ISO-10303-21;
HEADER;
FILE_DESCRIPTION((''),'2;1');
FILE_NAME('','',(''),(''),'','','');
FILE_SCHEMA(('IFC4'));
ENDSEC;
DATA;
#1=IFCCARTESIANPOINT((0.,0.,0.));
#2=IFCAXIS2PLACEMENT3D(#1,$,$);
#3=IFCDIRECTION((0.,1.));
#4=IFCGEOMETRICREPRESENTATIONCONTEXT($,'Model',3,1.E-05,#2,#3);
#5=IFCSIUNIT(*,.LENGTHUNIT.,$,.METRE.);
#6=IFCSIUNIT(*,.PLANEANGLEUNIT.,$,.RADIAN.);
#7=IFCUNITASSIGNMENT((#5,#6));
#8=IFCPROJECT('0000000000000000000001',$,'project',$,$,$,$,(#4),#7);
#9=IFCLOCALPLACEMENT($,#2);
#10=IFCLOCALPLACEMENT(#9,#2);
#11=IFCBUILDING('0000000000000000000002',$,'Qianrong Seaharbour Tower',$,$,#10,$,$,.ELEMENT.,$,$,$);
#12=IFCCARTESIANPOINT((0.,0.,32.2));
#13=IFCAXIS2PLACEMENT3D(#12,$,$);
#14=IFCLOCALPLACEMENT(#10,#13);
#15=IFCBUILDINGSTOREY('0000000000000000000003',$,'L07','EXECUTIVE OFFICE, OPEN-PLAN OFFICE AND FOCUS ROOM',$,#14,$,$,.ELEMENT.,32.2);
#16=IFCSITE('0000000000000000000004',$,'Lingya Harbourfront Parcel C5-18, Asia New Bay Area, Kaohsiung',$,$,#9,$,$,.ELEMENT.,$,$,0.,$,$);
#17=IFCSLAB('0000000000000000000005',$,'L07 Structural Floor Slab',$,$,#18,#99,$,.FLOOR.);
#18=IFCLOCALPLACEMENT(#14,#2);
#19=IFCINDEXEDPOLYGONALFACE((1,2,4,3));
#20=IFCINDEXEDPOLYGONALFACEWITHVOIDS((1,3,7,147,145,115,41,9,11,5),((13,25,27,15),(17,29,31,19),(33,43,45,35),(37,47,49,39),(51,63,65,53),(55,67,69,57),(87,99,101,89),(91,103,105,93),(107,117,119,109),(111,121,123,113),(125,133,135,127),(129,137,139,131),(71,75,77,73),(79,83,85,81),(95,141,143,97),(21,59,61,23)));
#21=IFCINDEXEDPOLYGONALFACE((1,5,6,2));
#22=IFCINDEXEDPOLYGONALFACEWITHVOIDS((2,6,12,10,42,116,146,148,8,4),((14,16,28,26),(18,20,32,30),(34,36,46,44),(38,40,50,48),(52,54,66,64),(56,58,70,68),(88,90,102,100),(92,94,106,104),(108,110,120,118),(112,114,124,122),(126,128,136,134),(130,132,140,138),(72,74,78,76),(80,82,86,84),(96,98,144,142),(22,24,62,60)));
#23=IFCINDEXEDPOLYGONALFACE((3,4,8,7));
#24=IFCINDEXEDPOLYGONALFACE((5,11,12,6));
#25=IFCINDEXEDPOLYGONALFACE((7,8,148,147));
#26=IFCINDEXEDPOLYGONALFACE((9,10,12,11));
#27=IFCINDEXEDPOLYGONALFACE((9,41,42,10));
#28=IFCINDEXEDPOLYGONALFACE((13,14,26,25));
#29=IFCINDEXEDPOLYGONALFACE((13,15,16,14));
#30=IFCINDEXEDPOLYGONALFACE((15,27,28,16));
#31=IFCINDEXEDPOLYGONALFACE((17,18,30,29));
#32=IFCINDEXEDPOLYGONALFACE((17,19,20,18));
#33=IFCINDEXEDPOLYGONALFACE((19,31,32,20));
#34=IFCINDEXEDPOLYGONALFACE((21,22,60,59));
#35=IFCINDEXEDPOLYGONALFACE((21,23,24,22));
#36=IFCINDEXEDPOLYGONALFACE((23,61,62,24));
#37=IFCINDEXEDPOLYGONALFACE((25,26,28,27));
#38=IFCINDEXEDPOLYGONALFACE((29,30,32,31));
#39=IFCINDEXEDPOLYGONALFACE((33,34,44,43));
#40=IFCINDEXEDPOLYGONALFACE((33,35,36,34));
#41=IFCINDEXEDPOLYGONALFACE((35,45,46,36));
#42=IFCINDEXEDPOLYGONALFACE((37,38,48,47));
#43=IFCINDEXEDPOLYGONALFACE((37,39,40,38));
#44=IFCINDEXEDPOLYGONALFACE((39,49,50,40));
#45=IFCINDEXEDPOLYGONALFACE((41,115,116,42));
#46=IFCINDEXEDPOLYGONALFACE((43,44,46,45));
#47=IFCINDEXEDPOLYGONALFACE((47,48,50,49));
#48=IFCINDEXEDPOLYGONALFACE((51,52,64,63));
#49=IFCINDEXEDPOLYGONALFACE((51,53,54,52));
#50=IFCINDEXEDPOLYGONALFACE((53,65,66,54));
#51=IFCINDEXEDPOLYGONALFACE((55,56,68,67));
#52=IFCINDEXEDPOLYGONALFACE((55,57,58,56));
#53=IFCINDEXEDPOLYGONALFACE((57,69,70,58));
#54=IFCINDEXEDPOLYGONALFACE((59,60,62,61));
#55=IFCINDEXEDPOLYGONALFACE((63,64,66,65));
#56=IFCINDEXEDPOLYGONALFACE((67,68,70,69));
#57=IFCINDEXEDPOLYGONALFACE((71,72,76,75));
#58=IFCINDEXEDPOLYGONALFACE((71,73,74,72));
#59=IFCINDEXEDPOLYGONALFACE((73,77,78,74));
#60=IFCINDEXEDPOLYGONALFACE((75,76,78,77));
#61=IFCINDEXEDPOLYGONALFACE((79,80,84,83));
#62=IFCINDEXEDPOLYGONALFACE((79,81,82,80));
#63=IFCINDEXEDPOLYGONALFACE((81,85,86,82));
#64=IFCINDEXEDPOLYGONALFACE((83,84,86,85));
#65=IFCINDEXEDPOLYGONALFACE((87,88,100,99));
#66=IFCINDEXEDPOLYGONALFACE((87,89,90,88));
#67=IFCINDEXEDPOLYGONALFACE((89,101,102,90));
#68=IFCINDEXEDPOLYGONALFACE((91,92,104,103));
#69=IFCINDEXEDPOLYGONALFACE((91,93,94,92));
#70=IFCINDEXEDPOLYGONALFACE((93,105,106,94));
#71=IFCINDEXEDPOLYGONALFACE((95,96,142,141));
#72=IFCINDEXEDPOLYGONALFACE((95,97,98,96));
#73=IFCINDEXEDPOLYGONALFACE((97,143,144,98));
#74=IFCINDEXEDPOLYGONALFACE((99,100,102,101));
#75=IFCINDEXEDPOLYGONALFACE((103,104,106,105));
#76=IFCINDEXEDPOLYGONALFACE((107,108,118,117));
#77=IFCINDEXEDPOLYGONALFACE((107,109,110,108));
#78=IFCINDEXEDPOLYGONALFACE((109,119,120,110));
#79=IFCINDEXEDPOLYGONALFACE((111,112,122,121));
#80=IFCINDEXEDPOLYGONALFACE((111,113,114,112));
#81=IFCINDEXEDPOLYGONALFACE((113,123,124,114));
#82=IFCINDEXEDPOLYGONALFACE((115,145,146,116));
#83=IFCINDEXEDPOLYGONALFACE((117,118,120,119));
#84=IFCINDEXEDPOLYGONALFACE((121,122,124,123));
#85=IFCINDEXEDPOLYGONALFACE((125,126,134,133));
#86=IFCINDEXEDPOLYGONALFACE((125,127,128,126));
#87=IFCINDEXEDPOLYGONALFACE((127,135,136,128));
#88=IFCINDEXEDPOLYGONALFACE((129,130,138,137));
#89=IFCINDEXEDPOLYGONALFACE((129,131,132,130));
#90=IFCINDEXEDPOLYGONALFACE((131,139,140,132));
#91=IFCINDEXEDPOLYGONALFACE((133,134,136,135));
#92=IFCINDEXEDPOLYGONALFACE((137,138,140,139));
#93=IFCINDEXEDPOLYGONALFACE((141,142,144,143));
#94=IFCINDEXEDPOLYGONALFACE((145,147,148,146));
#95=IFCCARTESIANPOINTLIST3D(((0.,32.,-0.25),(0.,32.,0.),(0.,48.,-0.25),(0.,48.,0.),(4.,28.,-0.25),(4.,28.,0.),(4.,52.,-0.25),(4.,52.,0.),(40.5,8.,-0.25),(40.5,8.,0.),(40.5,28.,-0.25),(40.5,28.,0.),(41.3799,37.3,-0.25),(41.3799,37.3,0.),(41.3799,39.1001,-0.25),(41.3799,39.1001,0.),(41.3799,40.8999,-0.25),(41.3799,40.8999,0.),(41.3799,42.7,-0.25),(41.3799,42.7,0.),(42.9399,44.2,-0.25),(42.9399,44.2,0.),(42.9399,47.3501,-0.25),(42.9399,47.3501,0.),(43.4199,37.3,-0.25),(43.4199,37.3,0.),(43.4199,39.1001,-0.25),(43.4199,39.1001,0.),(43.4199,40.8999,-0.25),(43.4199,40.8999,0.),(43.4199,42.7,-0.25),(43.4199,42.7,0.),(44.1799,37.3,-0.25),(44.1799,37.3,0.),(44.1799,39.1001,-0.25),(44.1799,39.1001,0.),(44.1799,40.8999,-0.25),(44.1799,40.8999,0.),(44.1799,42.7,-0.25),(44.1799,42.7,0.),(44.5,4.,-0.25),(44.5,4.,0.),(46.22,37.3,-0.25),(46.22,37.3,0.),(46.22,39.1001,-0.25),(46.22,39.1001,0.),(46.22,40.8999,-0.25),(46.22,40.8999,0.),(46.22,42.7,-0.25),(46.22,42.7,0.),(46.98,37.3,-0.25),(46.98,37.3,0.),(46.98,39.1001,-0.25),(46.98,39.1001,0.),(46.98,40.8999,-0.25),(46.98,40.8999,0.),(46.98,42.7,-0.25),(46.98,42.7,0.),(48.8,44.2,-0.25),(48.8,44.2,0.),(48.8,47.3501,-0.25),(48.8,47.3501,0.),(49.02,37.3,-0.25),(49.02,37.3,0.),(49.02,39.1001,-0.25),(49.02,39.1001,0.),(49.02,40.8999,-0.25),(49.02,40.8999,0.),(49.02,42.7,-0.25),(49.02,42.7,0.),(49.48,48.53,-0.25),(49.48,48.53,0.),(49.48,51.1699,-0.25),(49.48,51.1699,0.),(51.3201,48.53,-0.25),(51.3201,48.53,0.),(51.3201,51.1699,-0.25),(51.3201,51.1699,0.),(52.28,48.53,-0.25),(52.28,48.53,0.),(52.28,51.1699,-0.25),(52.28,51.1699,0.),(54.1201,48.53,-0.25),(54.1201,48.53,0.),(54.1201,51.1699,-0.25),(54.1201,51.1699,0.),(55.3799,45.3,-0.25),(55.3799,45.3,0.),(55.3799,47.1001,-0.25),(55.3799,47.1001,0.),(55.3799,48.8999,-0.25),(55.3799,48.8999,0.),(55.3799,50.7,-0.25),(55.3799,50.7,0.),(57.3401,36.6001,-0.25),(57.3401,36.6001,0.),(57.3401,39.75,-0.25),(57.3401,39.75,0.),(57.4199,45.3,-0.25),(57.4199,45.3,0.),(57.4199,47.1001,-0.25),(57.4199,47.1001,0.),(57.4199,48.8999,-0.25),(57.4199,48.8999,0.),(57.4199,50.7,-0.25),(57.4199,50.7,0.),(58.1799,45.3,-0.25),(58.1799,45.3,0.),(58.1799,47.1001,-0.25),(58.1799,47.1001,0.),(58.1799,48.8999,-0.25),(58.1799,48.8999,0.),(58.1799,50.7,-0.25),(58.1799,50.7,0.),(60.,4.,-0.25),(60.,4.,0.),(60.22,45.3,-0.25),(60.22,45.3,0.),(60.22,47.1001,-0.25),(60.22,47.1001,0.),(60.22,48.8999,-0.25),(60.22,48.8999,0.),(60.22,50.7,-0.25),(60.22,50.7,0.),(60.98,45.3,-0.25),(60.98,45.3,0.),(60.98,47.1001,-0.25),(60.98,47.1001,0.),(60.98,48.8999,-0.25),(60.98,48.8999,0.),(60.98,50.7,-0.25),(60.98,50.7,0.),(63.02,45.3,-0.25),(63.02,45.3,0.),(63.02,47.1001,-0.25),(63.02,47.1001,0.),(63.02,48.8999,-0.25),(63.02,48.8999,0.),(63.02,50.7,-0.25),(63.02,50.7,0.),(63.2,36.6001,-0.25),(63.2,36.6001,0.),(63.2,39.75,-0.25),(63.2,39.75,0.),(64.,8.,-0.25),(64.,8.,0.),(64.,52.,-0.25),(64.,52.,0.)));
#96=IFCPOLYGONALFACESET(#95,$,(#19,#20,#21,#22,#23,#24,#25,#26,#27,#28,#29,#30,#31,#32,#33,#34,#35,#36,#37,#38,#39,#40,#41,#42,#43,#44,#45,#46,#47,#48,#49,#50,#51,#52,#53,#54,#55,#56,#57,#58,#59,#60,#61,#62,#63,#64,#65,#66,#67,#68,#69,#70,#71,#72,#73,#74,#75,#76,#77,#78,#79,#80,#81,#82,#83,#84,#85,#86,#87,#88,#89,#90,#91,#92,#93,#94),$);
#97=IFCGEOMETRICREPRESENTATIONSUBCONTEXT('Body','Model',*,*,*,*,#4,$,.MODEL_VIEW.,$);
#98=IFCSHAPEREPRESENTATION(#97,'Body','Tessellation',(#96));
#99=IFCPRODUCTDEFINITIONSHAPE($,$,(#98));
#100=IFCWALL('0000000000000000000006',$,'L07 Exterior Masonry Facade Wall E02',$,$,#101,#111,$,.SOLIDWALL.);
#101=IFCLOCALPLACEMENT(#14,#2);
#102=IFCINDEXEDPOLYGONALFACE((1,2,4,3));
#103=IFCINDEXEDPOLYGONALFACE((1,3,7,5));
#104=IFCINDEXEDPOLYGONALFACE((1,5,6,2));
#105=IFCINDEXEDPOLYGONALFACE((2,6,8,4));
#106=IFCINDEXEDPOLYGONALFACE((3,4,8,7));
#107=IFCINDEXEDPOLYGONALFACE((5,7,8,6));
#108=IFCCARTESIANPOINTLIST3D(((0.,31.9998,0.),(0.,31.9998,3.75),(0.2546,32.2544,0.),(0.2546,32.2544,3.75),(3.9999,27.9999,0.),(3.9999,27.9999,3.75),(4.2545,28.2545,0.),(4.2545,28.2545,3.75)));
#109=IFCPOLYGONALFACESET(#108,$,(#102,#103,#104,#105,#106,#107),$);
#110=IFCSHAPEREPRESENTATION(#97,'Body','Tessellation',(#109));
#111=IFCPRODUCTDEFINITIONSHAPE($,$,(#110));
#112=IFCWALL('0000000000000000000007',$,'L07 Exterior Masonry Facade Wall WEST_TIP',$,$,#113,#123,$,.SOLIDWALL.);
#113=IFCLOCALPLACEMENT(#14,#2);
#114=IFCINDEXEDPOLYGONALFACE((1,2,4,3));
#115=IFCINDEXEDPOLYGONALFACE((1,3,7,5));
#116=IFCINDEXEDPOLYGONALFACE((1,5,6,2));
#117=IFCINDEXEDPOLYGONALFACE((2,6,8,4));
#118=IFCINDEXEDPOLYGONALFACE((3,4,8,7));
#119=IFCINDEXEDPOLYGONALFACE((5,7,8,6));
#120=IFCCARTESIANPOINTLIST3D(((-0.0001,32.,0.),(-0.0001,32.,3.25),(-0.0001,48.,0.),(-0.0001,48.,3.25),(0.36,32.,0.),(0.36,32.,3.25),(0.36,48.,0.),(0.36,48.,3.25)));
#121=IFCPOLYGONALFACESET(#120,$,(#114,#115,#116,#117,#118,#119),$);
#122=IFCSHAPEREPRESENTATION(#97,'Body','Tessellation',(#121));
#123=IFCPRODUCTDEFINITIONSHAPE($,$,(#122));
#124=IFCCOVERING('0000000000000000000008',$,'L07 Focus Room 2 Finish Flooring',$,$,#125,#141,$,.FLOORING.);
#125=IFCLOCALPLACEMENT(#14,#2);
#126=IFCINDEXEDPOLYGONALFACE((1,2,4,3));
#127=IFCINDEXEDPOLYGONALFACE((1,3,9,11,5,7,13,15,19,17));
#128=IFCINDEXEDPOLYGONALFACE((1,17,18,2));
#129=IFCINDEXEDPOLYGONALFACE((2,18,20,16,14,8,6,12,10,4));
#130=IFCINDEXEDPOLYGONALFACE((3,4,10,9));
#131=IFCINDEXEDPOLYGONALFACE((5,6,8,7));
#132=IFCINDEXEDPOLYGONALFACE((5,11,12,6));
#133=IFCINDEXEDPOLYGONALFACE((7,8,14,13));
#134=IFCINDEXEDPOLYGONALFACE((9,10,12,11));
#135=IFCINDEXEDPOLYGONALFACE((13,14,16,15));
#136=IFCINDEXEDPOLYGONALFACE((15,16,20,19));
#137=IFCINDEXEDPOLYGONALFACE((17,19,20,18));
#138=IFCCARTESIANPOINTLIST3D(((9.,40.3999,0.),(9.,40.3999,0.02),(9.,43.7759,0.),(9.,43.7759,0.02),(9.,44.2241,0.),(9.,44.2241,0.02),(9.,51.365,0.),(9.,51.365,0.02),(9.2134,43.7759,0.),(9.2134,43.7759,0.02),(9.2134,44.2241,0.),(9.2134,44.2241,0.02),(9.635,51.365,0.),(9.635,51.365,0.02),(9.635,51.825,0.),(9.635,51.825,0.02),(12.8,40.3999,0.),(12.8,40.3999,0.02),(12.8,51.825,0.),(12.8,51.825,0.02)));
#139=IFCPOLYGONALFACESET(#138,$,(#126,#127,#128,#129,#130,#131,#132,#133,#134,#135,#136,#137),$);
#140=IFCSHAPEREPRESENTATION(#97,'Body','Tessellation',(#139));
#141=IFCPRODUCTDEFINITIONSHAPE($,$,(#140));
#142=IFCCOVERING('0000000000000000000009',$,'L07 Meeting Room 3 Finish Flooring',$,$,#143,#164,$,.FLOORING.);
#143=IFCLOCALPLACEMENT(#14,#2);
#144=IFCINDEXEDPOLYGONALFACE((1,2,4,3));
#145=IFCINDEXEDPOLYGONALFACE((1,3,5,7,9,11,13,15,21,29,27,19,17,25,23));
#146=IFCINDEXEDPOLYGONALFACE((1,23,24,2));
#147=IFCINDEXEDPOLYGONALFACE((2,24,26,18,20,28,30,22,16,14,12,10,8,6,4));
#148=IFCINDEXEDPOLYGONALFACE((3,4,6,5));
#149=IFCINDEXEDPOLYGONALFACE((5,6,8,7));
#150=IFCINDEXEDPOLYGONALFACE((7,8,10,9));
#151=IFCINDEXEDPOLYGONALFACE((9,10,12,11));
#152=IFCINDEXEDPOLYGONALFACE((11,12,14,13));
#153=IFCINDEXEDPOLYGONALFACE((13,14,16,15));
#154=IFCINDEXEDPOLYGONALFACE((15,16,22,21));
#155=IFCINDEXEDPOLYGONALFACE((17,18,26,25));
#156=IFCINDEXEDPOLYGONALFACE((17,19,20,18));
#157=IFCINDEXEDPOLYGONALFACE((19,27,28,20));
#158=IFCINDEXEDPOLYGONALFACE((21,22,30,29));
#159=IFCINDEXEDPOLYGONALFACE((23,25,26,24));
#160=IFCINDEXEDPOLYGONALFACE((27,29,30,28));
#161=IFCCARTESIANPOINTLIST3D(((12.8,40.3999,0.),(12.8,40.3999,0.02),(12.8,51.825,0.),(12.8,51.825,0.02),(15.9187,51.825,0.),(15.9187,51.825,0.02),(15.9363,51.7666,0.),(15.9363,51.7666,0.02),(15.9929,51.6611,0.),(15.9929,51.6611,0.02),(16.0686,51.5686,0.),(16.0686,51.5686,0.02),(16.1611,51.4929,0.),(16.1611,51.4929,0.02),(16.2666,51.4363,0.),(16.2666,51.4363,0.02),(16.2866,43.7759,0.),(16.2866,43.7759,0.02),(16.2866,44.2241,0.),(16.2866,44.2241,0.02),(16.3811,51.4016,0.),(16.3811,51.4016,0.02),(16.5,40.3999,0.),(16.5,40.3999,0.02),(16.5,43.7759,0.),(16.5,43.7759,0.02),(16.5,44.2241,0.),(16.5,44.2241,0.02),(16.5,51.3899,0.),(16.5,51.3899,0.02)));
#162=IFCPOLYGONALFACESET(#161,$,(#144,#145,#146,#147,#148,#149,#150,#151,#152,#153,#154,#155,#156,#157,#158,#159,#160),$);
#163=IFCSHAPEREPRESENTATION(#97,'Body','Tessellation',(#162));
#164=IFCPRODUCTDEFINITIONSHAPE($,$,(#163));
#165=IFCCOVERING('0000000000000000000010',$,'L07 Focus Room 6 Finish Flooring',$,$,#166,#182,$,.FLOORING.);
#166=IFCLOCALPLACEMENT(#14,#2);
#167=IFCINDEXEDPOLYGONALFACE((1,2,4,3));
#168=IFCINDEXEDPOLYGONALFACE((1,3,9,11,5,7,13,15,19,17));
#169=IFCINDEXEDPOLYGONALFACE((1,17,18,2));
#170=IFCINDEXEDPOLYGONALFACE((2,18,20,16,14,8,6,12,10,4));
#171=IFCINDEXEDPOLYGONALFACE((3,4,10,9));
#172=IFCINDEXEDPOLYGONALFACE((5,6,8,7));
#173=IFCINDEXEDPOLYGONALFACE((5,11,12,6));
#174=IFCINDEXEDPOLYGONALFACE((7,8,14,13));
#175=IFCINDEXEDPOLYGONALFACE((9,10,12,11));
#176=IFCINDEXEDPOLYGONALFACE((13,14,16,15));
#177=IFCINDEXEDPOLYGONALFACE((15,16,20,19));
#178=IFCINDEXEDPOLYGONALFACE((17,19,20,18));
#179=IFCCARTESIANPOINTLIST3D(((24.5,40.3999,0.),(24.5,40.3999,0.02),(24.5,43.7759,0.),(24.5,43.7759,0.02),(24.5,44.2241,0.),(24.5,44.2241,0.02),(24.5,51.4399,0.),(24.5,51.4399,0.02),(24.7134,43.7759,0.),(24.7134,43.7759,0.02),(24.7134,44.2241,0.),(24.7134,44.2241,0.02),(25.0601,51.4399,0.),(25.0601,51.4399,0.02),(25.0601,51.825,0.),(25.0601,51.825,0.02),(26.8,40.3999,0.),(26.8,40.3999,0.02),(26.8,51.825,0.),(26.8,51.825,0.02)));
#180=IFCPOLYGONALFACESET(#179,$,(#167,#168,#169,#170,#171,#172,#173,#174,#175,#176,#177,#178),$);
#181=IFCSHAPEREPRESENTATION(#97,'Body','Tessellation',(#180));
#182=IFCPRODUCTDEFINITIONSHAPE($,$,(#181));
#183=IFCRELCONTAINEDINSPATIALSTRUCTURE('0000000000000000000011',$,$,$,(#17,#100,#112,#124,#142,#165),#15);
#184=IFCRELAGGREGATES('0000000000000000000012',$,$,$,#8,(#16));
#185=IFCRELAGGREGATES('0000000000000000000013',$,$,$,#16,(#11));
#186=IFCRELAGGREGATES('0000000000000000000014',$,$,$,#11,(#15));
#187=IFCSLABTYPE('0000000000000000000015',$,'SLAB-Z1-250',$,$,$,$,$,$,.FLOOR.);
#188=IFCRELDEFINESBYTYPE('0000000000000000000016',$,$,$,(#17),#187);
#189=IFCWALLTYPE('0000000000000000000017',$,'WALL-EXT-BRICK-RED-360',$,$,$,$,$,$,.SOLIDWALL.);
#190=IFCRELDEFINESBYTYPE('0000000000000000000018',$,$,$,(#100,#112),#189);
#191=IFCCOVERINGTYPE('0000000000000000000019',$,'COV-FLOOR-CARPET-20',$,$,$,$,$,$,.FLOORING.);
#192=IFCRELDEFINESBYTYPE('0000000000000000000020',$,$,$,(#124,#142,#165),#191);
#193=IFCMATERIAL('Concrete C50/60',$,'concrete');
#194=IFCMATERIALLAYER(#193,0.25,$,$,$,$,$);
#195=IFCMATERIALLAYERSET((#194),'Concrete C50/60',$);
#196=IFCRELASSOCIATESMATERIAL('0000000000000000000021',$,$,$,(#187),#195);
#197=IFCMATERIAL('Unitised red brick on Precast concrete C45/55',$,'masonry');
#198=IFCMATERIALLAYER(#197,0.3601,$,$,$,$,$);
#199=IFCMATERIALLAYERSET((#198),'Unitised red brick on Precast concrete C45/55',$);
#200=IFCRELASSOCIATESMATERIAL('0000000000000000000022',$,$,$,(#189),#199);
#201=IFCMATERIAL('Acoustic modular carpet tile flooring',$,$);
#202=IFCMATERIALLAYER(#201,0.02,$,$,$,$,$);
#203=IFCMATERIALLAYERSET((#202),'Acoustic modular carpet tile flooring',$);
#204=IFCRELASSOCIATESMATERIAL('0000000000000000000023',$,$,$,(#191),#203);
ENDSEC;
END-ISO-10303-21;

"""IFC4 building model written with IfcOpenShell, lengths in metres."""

from ifc_helpers import new_model, si_unit, direction, frame, frame_2d, origin, place, context, subcontext, project, spatial, polyline, rectangle, outline, extrude, material, layer, layer_set, type_object, element, save


model = new_model("IFC4")

# Units and contexts
model_context = context("Model", 3, precision=1e-05, world=origin(), true_north=direction((0.0, 1.0)))
body_context = subcontext(model_context, "Body", "Model", "MODEL_VIEW")
ifc_project = project(units=[si_unit("LENGTHUNIT", "METRE"), si_unit("PLANEANGLEUNIT", "RADIAN")], contexts=[model_context])

# Site, building, storey
site_placement = place(None, origin())
site = spatial("IfcSite", under=ifc_project, at=site_placement, Name="Lingya Harbourfront Parcel C5-18, Asia New Bay Area, Kaohsiung", CompositionType="ELEMENT", RefElevation=0.0)
building_placement = place(site_placement, origin())
building = spatial("IfcBuilding", under=site, at=building_placement, Name="Qianrong Seaharbour Tower", CompositionType="ELEMENT")
storey_placement = place(building_placement, frame((0.0, 0.0, 32.2)))
storey = spatial("IfcBuildingStorey", under=building, at=storey_placement, Name="L07", Description="EXECUTIVE OFFICE, OPEN-PLAN OFFICE AND FOCUS ROOM", CompositionType="ELEMENT", Elevation=32.2)

# Shared definitions
ifc_material_1 = material(Name="Concrete C50/60", Category="concrete")

# Slab
ifc_layer_1 = layer(ifc_material_1, 0.25)
ifc_layer_set_1 = layer_set([ifc_layer_1], Name="Concrete C50/60")
slab_type_1 = type_object("IfcSlabType", Name="SLAB-Z1-250", PredefinedType="FLOOR", material=ifc_layer_set_1)
slab_1_placement = place(storey_placement, frame((0.0, 0.0, -0.25)))
element("IfcSlab", 1, at=slab_1_placement, inside=storey, type_object=slab_type_1, Name="L07 Structural Floor Slab", PredefinedType="FLOOR", context=body_context, shape_type="SweptSolid", body=[
    extrude(outline(polyline([(44.5, 4.0), (60.0, 4.0), (64.0, 8.0), (64.0, 52.0), (4.0, 52.0), (0.0, 48.0), (0.0, 32.0), (4.0, 28.0), (40.5, 28.0), (40.5, 8.0), (44.5, 4.0)]), holes=[polyline([(42.9399, 44.2), (42.9399, 47.3501), (48.8, 47.3501), (48.8, 44.2), (42.9399, 44.2)]), polyline([(57.3401, 36.6001), (57.3401, 39.75), (63.2, 39.75), (63.2, 36.6001), (57.3401, 36.6001)]), polyline([(49.48, 48.53), (49.48, 51.1699), (51.3201, 51.1699), (51.3201, 48.53), (49.48, 48.53)]), polyline([(52.28, 48.53), (52.28, 51.1699), (54.1201, 51.1699), (54.1201, 48.53), (52.28, 48.53)]), polyline([(41.3799, 37.3), (41.3799, 39.1001), (43.4199, 39.1001), (43.4199, 37.3), (41.3799, 37.3)]), polyline([(44.1799, 37.3), (44.1799, 39.1001), (46.22, 39.1001), (46.22, 37.3), (44.1799, 37.3)]), polyline([(46.98, 37.3), (46.98, 39.1001), (49.02, 39.1001), (49.02, 37.3), (46.98, 37.3)]), polyline([(41.3799, 40.8999), (41.3799, 42.7), (43.4199, 42.7), (43.4199, 40.8999), (41.3799, 40.8999)]), polyline([(44.1799, 40.8999), (44.1799, 42.7), (46.22, 42.7), (46.22, 40.8999), (44.1799, 40.8999)]), polyline([(46.98, 40.8999), (46.98, 42.7), (49.02, 42.7), (49.02, 40.8999), (46.98, 40.8999)]), polyline([(55.3799, 45.3), (55.3799, 47.1001), (57.4199, 47.1001), (57.4199, 45.3), (55.3799, 45.3)]), polyline([(58.1799, 45.3), (58.1799, 47.1001), (60.22, 47.1001), (60.22, 45.3), (58.1799, 45.3)]), polyline([(60.98, 45.3), (60.98, 47.1001), (63.02, 47.1001), (63.02, 45.3), (60.98, 45.3)]), polyline([(55.3799, 48.8999), (55.3799, 50.7), (57.4199, 50.7), (57.4199, 48.8999), (55.3799, 48.8999)]), polyline([(58.1799, 48.8999), (58.1799, 50.7), (60.22, 50.7), (60.22, 48.8999), (58.1799, 48.8999)]), polyline([(60.98, 48.8999), (60.98, 50.7), (63.02, 50.7), (63.02, 48.8999), (60.98, 48.8999)])]), origin(), (0.0, 0.0, 1.0), 0.25),
])

# Walls
ifc_material_2 = material(Name="Unitised red brick on Precast concrete C45/55", Category="masonry")
ifc_layer_2 = layer(ifc_material_2, 0.3601)
ifc_layer_set_2 = layer_set([ifc_layer_2], Name="Unitised red brick on Precast concrete C45/55")
wall_type = type_object("IfcWallType", Name="WALL-EXT-BRICK-RED-360", PredefinedType="SOLIDWALL", material=ifc_layer_set_2)
wall_1_placement = place(storey_placement, frame((4.1272, 28.1272, 0.0), z_axis=(0.0, 0.0, 1.0), x_axis=(-0.707107, 0.707107, 0.0)))
element("IfcWall", 2, at=wall_1_placement, inside=storey, type_object=wall_type, Name="L07 Exterior Masonry Facade Wall E02", PredefinedType="SOLIDWALL", context=body_context, shape_type="SweptSolid", body=[
    extrude(rectangle(XDim=5.6567, YDim=0.3601, at=frame_2d((2.8284, 0.0))), origin(), (0.0, 0.0, 1.0), 3.75),
])
wall_2_placement = place(storey_placement, frame((0.1799, 32.0, 0.0), z_axis=(0.0, 0.0, 1.0), x_axis=(0.0, 1.0, 0.0)))
element("IfcWall", 3, at=wall_2_placement, inside=storey, type_object=wall_type, Name="L07 Exterior Masonry Facade Wall WEST_TIP", PredefinedType="SOLIDWALL", context=body_context, shape_type="SweptSolid", body=[
    extrude(rectangle(XDim=16.0, YDim=0.3601, at=frame_2d((8.0, 0.0))), origin(), (0.0, 0.0, 1.0), 3.25),
])

# Coverings
ifc_material_3 = material(Name="Acoustic modular carpet tile flooring")
ifc_layer_3 = layer(ifc_material_3, 0.02)
ifc_layer_set_3 = layer_set([ifc_layer_3], Name="Acoustic modular carpet tile flooring")
covering_type_1 = type_object("IfcCoveringType", Name="COV-FLOOR-CARPET-20", PredefinedType="FLOORING", material=ifc_layer_set_3)
covering_1_placement = place(storey_placement, origin())
element("IfcCovering", 4, at=covering_1_placement, inside=storey, type_object=covering_type_1, Name="L07 Focus Room 2 Finish Flooring", PredefinedType="FLOORING", context=body_context, shape_type="SweptSolid", body=[
    extrude(outline(polyline([(9.0, 43.7759), (9.2134, 43.7759), (9.2134, 44.2241), (9.0, 44.2241), (9.0, 51.365), (9.635, 51.365), (9.635, 51.825), (12.8, 51.825), (12.8, 40.3999), (9.0, 40.3999), (9.0, 43.7759)])), origin(), (0.0, 0.0, 1.0), 0.02),
])
covering_2_placement = place(storey_placement, origin())
element("IfcCovering", 5, at=covering_2_placement, inside=storey, type_object=covering_type_1, Name="L07 Meeting Room 3 Finish Flooring", PredefinedType="FLOORING", context=body_context, shape_type="SweptSolid", body=[
    extrude(outline(polyline([(12.8, 51.825), (15.9187, 51.825), (15.9363, 51.7666), (15.9929, 51.6611), (16.0686, 51.5686), (16.1611, 51.4929), (16.2666, 51.4363), (16.3811, 51.4016), (16.5, 51.3899), (16.5, 44.2241), (16.2866, 44.2241), (16.2866, 43.7759), (16.5, 43.7759), (16.5, 40.3999), (12.8, 40.3999), (12.8, 51.825)])), origin(), (0.0, 0.0, 1.0), 0.02),
])
covering_3_placement = place(storey_placement, origin())
element("IfcCovering", 6, at=covering_3_placement, inside=storey, type_object=covering_type_1, Name="L07 Focus Room 6 Finish Flooring", PredefinedType="FLOORING", context=body_context, shape_type="SweptSolid", body=[
    extrude(outline(polyline([(24.5, 43.7759), (24.7134, 43.7759), (24.7134, 44.2241), (24.5, 44.2241), (24.5, 51.4399), (25.0601, 51.4399), (25.0601, 51.825), (26.8, 51.825), (26.8, 40.3999), (24.5, 40.3999), (24.5, 43.7759)])), origin(), (0.0, 0.0, 1.0), 0.02),
])

save(model, "model.ifc")
